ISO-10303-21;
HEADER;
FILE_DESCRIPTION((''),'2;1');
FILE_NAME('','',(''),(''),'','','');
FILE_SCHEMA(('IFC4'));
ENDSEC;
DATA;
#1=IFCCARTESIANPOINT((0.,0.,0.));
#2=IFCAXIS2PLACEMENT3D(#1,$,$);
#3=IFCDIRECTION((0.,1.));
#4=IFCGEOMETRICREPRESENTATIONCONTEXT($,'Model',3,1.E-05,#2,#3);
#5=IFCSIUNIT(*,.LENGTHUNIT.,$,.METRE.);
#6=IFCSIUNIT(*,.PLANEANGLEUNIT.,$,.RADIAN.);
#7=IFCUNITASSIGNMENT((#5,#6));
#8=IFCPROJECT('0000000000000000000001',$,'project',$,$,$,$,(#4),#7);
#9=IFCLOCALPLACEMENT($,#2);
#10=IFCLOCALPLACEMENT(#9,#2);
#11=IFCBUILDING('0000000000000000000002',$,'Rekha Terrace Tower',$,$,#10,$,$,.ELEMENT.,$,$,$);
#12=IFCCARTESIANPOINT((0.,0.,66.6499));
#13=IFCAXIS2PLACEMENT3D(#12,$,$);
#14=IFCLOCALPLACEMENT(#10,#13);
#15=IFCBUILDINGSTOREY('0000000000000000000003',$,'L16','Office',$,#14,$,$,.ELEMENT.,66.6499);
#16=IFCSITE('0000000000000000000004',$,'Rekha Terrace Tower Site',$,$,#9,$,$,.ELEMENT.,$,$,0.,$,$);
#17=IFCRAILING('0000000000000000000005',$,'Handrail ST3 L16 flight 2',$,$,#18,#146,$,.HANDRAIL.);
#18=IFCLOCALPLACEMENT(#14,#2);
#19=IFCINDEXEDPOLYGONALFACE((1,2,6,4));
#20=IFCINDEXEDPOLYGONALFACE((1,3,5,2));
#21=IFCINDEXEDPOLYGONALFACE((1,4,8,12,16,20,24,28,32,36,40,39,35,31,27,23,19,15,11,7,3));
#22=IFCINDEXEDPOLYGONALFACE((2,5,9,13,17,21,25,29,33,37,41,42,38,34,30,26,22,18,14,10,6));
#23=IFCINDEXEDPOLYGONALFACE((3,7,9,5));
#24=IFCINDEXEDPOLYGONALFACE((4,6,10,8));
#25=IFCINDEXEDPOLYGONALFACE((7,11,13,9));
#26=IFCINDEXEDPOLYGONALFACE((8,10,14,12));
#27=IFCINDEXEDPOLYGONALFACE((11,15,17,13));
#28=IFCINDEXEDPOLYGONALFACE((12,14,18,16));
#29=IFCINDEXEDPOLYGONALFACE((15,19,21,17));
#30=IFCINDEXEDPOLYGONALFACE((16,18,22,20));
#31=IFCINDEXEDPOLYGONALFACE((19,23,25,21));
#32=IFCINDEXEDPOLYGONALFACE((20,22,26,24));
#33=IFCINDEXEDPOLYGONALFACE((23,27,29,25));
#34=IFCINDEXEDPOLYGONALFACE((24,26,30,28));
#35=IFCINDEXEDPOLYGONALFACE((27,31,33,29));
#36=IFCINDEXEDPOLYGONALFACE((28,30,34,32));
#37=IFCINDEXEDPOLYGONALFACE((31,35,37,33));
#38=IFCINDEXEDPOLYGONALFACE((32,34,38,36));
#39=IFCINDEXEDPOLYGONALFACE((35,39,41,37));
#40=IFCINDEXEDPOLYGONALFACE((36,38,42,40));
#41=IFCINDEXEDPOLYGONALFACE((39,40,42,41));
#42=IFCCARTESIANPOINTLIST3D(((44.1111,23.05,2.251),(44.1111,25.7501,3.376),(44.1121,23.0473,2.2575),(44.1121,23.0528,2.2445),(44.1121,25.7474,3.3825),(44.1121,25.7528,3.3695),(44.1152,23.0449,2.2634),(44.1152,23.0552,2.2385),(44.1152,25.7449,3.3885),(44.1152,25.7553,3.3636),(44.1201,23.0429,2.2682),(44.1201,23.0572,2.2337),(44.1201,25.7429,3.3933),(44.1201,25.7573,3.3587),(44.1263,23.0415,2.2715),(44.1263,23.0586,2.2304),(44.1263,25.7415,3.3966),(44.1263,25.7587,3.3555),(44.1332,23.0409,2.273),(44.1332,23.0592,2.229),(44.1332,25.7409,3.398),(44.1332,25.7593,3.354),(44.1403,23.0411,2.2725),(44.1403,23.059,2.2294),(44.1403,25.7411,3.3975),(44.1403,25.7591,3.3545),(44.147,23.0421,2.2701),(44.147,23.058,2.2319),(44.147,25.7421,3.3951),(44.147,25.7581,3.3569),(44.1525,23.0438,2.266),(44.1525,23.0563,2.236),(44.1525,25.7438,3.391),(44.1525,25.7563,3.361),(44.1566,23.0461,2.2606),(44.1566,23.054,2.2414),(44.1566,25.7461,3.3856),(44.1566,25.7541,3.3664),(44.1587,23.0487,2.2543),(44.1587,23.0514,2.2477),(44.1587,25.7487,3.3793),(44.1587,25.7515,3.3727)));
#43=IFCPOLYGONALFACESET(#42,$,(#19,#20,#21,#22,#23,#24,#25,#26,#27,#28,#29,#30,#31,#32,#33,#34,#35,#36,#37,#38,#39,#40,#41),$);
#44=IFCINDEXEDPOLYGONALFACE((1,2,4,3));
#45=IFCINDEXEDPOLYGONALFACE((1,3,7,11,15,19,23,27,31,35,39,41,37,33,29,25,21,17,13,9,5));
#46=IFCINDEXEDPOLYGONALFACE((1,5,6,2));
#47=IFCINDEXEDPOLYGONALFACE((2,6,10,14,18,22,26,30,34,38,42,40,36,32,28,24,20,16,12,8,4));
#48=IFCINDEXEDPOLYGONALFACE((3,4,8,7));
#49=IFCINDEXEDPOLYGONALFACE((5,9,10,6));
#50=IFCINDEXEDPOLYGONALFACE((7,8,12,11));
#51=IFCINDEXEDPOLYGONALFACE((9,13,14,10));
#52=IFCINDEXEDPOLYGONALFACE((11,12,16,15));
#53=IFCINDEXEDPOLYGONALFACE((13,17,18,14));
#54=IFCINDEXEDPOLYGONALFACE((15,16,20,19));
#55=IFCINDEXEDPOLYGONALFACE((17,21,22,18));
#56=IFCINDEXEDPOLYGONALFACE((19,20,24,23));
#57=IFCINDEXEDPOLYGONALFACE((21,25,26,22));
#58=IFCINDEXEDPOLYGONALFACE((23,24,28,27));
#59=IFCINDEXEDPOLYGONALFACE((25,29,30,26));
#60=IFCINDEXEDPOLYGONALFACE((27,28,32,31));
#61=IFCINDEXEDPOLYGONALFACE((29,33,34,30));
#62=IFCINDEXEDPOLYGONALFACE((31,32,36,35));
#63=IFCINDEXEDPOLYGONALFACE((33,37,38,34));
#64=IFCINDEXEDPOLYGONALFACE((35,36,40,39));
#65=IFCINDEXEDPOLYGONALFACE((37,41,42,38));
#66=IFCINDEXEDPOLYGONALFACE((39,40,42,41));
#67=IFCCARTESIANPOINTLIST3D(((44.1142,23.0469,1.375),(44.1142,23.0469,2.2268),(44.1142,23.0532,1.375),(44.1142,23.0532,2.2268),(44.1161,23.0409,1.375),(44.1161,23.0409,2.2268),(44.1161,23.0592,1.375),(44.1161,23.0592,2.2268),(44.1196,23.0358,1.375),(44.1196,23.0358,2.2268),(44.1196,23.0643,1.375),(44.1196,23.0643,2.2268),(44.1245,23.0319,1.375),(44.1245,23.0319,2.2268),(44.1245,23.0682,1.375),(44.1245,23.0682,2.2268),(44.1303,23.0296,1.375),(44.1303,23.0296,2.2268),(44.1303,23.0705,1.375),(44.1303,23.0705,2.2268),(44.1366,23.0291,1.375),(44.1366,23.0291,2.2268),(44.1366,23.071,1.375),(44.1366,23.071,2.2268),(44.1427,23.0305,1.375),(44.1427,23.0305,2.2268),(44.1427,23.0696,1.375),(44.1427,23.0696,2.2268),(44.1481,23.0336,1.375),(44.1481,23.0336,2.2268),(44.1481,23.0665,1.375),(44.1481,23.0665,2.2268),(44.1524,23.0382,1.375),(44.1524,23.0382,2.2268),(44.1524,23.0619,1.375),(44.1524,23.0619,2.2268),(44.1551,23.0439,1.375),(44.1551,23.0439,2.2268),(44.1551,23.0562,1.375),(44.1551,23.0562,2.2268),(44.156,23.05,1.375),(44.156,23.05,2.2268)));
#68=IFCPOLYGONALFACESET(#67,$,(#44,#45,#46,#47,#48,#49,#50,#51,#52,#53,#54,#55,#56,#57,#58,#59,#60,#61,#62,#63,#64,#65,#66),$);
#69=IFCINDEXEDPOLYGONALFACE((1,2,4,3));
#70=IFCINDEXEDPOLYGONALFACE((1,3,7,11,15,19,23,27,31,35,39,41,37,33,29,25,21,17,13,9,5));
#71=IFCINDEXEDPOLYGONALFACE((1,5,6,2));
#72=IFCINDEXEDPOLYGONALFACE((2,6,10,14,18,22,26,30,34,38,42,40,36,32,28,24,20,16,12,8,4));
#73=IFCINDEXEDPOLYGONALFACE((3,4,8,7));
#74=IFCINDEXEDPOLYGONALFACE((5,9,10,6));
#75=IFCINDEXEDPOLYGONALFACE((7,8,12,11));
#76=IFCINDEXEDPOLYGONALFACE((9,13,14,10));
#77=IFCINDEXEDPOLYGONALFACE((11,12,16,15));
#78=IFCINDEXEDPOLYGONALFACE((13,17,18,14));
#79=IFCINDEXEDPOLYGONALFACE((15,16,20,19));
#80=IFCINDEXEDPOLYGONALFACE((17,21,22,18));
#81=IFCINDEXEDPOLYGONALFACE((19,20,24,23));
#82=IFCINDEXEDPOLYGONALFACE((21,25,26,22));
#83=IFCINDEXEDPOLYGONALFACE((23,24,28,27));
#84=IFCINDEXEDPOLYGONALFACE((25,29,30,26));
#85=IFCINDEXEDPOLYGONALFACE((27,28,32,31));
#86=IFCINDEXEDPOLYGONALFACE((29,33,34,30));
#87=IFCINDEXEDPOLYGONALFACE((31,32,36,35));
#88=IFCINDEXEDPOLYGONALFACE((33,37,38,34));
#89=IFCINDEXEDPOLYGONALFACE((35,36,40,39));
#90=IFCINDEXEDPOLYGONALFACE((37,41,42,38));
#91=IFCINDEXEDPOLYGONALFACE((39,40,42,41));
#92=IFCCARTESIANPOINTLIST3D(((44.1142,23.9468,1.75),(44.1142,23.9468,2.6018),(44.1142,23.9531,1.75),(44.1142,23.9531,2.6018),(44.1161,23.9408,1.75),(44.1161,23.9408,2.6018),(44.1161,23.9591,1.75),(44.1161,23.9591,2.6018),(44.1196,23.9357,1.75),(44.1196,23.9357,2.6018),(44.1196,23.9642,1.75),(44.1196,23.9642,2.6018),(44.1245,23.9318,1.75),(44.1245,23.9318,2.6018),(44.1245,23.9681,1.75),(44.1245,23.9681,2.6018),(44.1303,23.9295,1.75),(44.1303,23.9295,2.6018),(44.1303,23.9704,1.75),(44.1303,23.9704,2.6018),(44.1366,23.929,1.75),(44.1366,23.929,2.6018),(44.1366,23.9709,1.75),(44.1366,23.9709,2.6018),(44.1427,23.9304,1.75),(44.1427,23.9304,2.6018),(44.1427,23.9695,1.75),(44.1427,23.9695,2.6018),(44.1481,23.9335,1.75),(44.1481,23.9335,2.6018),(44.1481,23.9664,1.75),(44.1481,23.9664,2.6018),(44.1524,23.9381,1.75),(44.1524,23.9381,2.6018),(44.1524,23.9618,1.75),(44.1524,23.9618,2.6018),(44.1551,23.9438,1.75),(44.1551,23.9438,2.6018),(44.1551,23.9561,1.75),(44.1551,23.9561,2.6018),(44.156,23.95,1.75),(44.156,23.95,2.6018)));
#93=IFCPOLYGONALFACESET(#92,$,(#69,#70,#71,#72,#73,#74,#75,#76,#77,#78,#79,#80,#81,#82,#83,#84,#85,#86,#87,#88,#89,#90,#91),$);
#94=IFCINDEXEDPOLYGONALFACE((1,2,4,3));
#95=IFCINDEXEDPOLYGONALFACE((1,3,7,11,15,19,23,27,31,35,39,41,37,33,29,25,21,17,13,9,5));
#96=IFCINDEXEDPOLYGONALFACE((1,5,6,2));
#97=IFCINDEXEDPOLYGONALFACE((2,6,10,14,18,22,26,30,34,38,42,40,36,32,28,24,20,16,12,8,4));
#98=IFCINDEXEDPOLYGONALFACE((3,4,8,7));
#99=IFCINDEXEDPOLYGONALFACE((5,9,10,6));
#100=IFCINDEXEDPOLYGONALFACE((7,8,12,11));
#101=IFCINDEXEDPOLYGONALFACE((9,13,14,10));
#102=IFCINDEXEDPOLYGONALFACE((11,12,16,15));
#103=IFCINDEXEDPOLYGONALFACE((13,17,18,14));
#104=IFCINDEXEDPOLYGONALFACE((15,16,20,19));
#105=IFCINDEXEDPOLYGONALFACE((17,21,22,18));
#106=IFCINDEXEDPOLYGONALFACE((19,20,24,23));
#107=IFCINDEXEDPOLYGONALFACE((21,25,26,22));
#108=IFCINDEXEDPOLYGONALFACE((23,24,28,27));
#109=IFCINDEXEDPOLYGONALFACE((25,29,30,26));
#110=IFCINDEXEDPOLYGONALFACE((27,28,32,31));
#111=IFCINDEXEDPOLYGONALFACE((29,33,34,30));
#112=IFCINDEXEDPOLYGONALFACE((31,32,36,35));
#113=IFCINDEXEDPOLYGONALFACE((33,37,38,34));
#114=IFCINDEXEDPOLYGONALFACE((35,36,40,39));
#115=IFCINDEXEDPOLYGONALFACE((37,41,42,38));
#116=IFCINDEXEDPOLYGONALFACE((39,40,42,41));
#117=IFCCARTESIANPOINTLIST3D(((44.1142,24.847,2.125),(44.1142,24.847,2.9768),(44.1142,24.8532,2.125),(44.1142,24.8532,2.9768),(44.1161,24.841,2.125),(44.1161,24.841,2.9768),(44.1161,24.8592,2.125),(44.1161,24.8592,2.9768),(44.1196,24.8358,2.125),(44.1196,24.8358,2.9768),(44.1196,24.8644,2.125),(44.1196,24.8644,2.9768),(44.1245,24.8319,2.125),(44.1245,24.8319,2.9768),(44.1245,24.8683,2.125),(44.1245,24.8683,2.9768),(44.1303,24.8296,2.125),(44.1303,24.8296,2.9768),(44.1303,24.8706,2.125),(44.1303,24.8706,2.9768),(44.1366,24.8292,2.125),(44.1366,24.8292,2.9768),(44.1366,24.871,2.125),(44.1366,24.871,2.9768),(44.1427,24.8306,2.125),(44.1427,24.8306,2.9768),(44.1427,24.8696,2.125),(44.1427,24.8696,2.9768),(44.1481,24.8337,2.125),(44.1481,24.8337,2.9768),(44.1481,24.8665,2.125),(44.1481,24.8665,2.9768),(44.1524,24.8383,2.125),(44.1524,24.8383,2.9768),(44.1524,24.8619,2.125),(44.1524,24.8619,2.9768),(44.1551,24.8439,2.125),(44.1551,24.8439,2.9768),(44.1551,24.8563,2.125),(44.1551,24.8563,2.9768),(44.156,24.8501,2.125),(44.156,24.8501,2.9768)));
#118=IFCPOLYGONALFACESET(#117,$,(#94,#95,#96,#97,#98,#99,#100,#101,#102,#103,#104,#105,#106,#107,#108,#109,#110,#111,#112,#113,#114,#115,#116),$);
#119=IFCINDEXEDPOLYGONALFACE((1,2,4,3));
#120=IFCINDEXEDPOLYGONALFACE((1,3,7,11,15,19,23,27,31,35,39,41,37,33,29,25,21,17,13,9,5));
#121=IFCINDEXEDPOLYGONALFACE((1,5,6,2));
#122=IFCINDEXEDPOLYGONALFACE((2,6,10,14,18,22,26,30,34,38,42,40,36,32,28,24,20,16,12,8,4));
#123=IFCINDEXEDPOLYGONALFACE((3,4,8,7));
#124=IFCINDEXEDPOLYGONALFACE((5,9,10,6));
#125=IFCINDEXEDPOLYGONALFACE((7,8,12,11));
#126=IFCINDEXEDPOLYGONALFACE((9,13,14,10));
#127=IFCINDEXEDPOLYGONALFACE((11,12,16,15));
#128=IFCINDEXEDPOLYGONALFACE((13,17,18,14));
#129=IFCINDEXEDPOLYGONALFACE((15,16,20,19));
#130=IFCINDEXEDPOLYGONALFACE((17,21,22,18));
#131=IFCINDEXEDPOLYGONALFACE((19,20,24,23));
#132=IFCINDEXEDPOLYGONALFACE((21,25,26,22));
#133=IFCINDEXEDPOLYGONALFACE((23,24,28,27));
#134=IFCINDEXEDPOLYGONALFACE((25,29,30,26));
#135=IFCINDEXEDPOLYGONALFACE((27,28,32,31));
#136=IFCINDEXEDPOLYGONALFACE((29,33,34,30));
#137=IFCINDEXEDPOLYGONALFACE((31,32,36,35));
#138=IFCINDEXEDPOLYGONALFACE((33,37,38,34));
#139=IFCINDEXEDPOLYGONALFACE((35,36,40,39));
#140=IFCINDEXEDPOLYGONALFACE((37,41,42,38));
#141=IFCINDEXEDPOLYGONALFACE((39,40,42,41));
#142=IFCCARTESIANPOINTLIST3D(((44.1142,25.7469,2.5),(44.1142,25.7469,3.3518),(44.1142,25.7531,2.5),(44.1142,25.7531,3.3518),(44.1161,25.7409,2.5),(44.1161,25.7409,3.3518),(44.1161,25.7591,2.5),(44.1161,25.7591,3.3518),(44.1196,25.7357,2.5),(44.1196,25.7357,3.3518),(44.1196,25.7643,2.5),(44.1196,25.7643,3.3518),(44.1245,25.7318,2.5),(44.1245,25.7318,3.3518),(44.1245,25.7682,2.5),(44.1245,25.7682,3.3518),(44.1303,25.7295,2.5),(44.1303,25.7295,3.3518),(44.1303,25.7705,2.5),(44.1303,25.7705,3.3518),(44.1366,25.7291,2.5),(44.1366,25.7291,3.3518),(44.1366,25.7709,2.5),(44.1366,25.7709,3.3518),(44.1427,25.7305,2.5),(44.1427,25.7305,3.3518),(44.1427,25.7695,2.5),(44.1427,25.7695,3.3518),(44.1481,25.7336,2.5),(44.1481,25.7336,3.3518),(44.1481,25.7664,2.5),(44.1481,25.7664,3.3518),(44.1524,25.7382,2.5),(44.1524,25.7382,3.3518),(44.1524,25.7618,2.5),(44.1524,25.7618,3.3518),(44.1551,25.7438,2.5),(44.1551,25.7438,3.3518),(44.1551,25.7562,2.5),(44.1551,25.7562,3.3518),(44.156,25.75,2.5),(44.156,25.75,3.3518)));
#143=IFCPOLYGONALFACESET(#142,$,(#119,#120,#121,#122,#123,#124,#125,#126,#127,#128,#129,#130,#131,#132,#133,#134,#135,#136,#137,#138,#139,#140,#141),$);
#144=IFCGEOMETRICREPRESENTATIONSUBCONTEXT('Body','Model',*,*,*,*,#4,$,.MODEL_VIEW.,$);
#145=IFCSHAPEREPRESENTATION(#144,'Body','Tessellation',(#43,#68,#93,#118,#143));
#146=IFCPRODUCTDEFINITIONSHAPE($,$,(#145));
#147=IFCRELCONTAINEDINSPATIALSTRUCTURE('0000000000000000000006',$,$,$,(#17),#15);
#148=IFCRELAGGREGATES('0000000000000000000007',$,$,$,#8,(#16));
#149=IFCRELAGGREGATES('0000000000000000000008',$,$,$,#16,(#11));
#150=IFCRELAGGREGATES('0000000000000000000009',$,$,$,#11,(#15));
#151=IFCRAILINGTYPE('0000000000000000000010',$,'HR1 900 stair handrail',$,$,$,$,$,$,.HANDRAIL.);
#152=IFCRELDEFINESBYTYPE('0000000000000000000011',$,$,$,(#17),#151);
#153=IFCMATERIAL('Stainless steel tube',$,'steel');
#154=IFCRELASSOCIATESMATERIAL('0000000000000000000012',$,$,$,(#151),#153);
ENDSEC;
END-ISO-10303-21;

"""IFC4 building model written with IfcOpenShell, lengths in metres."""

from ifc_helpers import new_model, si_unit, direction, frame, origin, origin_2d, place, context, subcontext, project, spatial, circle, extrude, material, type_object, element, save


model = new_model("IFC4")

# Units and contexts
model_context = context("Model", 3, precision=1e-05, world=origin(), true_north=direction((0.0, 1.0)))
body_context = subcontext(model_context, "Body", "Model", "MODEL_VIEW")
ifc_project = project(units=[si_unit("LENGTHUNIT", "METRE"), si_unit("PLANEANGLEUNIT", "RADIAN")], contexts=[model_context])

# Site, building, storey
site_placement = place(None, origin())
site = spatial("IfcSite", under=ifc_project, at=site_placement, Name="Rekha Terrace Tower Site", CompositionType="ELEMENT", RefElevation=0.0)
building_placement = place(site_placement, origin())
building = spatial("IfcBuilding", under=site, at=building_placement, Name="Rekha Terrace Tower", CompositionType="ELEMENT")
storey_placement = place(building_placement, frame((0.0, 0.0, 66.6499)))
storey = spatial("IfcBuildingStorey", under=building, at=storey_placement, Name="L16", Description="Office", CompositionType="ELEMENT", Elevation=66.6499)

# Railing
ifc_material_1 = material(Name="Stainless steel tube", Category="steel")
railing_type = type_object("IfcRailingType", Name="HR1 900 stair handrail", PredefinedType="HANDRAIL", material=ifc_material_1)
railing_placement = place(storey_placement, frame((44.135, 23.05, 1.375)))
element("IfcRailing", 1, at=railing_placement, inside=storey, type_object=railing_type, Name="Handrail ST3 L16 flight 2", PredefinedType="HANDRAIL", context=body_context, shape_type="SweptSolid", body=[
    extrude(circle(Radius=0.0239, at=origin_2d()), frame((0.0, 0.0, 0.876), z_axis=(0.0, 0.923074, 0.384621), x_axis=(-1.0, 0.0, 0.0)), (0.0, 0.0, 1.0), 2.925),
    extrude(circle(Radius=0.021, at=origin_2d()), origin(), (0.0, 0.0, 1.0), 0.8518),
    extrude(circle(Radius=0.021, at=origin_2d()), frame((0.0, 0.8999, 0.375)), (0.0, 0.0, 1.0), 0.8518),
    extrude(circle(Radius=0.021, at=origin_2d()), frame((0.0, 1.8, 0.75)), (0.0, 0.0, 1.0), 0.8518),
    extrude(circle(Radius=0.021, at=origin_2d()), frame((0.0, 2.7, 1.125)), (0.0, 0.0, 1.0), 0.8518),
])

save(model, "model.ifc")
